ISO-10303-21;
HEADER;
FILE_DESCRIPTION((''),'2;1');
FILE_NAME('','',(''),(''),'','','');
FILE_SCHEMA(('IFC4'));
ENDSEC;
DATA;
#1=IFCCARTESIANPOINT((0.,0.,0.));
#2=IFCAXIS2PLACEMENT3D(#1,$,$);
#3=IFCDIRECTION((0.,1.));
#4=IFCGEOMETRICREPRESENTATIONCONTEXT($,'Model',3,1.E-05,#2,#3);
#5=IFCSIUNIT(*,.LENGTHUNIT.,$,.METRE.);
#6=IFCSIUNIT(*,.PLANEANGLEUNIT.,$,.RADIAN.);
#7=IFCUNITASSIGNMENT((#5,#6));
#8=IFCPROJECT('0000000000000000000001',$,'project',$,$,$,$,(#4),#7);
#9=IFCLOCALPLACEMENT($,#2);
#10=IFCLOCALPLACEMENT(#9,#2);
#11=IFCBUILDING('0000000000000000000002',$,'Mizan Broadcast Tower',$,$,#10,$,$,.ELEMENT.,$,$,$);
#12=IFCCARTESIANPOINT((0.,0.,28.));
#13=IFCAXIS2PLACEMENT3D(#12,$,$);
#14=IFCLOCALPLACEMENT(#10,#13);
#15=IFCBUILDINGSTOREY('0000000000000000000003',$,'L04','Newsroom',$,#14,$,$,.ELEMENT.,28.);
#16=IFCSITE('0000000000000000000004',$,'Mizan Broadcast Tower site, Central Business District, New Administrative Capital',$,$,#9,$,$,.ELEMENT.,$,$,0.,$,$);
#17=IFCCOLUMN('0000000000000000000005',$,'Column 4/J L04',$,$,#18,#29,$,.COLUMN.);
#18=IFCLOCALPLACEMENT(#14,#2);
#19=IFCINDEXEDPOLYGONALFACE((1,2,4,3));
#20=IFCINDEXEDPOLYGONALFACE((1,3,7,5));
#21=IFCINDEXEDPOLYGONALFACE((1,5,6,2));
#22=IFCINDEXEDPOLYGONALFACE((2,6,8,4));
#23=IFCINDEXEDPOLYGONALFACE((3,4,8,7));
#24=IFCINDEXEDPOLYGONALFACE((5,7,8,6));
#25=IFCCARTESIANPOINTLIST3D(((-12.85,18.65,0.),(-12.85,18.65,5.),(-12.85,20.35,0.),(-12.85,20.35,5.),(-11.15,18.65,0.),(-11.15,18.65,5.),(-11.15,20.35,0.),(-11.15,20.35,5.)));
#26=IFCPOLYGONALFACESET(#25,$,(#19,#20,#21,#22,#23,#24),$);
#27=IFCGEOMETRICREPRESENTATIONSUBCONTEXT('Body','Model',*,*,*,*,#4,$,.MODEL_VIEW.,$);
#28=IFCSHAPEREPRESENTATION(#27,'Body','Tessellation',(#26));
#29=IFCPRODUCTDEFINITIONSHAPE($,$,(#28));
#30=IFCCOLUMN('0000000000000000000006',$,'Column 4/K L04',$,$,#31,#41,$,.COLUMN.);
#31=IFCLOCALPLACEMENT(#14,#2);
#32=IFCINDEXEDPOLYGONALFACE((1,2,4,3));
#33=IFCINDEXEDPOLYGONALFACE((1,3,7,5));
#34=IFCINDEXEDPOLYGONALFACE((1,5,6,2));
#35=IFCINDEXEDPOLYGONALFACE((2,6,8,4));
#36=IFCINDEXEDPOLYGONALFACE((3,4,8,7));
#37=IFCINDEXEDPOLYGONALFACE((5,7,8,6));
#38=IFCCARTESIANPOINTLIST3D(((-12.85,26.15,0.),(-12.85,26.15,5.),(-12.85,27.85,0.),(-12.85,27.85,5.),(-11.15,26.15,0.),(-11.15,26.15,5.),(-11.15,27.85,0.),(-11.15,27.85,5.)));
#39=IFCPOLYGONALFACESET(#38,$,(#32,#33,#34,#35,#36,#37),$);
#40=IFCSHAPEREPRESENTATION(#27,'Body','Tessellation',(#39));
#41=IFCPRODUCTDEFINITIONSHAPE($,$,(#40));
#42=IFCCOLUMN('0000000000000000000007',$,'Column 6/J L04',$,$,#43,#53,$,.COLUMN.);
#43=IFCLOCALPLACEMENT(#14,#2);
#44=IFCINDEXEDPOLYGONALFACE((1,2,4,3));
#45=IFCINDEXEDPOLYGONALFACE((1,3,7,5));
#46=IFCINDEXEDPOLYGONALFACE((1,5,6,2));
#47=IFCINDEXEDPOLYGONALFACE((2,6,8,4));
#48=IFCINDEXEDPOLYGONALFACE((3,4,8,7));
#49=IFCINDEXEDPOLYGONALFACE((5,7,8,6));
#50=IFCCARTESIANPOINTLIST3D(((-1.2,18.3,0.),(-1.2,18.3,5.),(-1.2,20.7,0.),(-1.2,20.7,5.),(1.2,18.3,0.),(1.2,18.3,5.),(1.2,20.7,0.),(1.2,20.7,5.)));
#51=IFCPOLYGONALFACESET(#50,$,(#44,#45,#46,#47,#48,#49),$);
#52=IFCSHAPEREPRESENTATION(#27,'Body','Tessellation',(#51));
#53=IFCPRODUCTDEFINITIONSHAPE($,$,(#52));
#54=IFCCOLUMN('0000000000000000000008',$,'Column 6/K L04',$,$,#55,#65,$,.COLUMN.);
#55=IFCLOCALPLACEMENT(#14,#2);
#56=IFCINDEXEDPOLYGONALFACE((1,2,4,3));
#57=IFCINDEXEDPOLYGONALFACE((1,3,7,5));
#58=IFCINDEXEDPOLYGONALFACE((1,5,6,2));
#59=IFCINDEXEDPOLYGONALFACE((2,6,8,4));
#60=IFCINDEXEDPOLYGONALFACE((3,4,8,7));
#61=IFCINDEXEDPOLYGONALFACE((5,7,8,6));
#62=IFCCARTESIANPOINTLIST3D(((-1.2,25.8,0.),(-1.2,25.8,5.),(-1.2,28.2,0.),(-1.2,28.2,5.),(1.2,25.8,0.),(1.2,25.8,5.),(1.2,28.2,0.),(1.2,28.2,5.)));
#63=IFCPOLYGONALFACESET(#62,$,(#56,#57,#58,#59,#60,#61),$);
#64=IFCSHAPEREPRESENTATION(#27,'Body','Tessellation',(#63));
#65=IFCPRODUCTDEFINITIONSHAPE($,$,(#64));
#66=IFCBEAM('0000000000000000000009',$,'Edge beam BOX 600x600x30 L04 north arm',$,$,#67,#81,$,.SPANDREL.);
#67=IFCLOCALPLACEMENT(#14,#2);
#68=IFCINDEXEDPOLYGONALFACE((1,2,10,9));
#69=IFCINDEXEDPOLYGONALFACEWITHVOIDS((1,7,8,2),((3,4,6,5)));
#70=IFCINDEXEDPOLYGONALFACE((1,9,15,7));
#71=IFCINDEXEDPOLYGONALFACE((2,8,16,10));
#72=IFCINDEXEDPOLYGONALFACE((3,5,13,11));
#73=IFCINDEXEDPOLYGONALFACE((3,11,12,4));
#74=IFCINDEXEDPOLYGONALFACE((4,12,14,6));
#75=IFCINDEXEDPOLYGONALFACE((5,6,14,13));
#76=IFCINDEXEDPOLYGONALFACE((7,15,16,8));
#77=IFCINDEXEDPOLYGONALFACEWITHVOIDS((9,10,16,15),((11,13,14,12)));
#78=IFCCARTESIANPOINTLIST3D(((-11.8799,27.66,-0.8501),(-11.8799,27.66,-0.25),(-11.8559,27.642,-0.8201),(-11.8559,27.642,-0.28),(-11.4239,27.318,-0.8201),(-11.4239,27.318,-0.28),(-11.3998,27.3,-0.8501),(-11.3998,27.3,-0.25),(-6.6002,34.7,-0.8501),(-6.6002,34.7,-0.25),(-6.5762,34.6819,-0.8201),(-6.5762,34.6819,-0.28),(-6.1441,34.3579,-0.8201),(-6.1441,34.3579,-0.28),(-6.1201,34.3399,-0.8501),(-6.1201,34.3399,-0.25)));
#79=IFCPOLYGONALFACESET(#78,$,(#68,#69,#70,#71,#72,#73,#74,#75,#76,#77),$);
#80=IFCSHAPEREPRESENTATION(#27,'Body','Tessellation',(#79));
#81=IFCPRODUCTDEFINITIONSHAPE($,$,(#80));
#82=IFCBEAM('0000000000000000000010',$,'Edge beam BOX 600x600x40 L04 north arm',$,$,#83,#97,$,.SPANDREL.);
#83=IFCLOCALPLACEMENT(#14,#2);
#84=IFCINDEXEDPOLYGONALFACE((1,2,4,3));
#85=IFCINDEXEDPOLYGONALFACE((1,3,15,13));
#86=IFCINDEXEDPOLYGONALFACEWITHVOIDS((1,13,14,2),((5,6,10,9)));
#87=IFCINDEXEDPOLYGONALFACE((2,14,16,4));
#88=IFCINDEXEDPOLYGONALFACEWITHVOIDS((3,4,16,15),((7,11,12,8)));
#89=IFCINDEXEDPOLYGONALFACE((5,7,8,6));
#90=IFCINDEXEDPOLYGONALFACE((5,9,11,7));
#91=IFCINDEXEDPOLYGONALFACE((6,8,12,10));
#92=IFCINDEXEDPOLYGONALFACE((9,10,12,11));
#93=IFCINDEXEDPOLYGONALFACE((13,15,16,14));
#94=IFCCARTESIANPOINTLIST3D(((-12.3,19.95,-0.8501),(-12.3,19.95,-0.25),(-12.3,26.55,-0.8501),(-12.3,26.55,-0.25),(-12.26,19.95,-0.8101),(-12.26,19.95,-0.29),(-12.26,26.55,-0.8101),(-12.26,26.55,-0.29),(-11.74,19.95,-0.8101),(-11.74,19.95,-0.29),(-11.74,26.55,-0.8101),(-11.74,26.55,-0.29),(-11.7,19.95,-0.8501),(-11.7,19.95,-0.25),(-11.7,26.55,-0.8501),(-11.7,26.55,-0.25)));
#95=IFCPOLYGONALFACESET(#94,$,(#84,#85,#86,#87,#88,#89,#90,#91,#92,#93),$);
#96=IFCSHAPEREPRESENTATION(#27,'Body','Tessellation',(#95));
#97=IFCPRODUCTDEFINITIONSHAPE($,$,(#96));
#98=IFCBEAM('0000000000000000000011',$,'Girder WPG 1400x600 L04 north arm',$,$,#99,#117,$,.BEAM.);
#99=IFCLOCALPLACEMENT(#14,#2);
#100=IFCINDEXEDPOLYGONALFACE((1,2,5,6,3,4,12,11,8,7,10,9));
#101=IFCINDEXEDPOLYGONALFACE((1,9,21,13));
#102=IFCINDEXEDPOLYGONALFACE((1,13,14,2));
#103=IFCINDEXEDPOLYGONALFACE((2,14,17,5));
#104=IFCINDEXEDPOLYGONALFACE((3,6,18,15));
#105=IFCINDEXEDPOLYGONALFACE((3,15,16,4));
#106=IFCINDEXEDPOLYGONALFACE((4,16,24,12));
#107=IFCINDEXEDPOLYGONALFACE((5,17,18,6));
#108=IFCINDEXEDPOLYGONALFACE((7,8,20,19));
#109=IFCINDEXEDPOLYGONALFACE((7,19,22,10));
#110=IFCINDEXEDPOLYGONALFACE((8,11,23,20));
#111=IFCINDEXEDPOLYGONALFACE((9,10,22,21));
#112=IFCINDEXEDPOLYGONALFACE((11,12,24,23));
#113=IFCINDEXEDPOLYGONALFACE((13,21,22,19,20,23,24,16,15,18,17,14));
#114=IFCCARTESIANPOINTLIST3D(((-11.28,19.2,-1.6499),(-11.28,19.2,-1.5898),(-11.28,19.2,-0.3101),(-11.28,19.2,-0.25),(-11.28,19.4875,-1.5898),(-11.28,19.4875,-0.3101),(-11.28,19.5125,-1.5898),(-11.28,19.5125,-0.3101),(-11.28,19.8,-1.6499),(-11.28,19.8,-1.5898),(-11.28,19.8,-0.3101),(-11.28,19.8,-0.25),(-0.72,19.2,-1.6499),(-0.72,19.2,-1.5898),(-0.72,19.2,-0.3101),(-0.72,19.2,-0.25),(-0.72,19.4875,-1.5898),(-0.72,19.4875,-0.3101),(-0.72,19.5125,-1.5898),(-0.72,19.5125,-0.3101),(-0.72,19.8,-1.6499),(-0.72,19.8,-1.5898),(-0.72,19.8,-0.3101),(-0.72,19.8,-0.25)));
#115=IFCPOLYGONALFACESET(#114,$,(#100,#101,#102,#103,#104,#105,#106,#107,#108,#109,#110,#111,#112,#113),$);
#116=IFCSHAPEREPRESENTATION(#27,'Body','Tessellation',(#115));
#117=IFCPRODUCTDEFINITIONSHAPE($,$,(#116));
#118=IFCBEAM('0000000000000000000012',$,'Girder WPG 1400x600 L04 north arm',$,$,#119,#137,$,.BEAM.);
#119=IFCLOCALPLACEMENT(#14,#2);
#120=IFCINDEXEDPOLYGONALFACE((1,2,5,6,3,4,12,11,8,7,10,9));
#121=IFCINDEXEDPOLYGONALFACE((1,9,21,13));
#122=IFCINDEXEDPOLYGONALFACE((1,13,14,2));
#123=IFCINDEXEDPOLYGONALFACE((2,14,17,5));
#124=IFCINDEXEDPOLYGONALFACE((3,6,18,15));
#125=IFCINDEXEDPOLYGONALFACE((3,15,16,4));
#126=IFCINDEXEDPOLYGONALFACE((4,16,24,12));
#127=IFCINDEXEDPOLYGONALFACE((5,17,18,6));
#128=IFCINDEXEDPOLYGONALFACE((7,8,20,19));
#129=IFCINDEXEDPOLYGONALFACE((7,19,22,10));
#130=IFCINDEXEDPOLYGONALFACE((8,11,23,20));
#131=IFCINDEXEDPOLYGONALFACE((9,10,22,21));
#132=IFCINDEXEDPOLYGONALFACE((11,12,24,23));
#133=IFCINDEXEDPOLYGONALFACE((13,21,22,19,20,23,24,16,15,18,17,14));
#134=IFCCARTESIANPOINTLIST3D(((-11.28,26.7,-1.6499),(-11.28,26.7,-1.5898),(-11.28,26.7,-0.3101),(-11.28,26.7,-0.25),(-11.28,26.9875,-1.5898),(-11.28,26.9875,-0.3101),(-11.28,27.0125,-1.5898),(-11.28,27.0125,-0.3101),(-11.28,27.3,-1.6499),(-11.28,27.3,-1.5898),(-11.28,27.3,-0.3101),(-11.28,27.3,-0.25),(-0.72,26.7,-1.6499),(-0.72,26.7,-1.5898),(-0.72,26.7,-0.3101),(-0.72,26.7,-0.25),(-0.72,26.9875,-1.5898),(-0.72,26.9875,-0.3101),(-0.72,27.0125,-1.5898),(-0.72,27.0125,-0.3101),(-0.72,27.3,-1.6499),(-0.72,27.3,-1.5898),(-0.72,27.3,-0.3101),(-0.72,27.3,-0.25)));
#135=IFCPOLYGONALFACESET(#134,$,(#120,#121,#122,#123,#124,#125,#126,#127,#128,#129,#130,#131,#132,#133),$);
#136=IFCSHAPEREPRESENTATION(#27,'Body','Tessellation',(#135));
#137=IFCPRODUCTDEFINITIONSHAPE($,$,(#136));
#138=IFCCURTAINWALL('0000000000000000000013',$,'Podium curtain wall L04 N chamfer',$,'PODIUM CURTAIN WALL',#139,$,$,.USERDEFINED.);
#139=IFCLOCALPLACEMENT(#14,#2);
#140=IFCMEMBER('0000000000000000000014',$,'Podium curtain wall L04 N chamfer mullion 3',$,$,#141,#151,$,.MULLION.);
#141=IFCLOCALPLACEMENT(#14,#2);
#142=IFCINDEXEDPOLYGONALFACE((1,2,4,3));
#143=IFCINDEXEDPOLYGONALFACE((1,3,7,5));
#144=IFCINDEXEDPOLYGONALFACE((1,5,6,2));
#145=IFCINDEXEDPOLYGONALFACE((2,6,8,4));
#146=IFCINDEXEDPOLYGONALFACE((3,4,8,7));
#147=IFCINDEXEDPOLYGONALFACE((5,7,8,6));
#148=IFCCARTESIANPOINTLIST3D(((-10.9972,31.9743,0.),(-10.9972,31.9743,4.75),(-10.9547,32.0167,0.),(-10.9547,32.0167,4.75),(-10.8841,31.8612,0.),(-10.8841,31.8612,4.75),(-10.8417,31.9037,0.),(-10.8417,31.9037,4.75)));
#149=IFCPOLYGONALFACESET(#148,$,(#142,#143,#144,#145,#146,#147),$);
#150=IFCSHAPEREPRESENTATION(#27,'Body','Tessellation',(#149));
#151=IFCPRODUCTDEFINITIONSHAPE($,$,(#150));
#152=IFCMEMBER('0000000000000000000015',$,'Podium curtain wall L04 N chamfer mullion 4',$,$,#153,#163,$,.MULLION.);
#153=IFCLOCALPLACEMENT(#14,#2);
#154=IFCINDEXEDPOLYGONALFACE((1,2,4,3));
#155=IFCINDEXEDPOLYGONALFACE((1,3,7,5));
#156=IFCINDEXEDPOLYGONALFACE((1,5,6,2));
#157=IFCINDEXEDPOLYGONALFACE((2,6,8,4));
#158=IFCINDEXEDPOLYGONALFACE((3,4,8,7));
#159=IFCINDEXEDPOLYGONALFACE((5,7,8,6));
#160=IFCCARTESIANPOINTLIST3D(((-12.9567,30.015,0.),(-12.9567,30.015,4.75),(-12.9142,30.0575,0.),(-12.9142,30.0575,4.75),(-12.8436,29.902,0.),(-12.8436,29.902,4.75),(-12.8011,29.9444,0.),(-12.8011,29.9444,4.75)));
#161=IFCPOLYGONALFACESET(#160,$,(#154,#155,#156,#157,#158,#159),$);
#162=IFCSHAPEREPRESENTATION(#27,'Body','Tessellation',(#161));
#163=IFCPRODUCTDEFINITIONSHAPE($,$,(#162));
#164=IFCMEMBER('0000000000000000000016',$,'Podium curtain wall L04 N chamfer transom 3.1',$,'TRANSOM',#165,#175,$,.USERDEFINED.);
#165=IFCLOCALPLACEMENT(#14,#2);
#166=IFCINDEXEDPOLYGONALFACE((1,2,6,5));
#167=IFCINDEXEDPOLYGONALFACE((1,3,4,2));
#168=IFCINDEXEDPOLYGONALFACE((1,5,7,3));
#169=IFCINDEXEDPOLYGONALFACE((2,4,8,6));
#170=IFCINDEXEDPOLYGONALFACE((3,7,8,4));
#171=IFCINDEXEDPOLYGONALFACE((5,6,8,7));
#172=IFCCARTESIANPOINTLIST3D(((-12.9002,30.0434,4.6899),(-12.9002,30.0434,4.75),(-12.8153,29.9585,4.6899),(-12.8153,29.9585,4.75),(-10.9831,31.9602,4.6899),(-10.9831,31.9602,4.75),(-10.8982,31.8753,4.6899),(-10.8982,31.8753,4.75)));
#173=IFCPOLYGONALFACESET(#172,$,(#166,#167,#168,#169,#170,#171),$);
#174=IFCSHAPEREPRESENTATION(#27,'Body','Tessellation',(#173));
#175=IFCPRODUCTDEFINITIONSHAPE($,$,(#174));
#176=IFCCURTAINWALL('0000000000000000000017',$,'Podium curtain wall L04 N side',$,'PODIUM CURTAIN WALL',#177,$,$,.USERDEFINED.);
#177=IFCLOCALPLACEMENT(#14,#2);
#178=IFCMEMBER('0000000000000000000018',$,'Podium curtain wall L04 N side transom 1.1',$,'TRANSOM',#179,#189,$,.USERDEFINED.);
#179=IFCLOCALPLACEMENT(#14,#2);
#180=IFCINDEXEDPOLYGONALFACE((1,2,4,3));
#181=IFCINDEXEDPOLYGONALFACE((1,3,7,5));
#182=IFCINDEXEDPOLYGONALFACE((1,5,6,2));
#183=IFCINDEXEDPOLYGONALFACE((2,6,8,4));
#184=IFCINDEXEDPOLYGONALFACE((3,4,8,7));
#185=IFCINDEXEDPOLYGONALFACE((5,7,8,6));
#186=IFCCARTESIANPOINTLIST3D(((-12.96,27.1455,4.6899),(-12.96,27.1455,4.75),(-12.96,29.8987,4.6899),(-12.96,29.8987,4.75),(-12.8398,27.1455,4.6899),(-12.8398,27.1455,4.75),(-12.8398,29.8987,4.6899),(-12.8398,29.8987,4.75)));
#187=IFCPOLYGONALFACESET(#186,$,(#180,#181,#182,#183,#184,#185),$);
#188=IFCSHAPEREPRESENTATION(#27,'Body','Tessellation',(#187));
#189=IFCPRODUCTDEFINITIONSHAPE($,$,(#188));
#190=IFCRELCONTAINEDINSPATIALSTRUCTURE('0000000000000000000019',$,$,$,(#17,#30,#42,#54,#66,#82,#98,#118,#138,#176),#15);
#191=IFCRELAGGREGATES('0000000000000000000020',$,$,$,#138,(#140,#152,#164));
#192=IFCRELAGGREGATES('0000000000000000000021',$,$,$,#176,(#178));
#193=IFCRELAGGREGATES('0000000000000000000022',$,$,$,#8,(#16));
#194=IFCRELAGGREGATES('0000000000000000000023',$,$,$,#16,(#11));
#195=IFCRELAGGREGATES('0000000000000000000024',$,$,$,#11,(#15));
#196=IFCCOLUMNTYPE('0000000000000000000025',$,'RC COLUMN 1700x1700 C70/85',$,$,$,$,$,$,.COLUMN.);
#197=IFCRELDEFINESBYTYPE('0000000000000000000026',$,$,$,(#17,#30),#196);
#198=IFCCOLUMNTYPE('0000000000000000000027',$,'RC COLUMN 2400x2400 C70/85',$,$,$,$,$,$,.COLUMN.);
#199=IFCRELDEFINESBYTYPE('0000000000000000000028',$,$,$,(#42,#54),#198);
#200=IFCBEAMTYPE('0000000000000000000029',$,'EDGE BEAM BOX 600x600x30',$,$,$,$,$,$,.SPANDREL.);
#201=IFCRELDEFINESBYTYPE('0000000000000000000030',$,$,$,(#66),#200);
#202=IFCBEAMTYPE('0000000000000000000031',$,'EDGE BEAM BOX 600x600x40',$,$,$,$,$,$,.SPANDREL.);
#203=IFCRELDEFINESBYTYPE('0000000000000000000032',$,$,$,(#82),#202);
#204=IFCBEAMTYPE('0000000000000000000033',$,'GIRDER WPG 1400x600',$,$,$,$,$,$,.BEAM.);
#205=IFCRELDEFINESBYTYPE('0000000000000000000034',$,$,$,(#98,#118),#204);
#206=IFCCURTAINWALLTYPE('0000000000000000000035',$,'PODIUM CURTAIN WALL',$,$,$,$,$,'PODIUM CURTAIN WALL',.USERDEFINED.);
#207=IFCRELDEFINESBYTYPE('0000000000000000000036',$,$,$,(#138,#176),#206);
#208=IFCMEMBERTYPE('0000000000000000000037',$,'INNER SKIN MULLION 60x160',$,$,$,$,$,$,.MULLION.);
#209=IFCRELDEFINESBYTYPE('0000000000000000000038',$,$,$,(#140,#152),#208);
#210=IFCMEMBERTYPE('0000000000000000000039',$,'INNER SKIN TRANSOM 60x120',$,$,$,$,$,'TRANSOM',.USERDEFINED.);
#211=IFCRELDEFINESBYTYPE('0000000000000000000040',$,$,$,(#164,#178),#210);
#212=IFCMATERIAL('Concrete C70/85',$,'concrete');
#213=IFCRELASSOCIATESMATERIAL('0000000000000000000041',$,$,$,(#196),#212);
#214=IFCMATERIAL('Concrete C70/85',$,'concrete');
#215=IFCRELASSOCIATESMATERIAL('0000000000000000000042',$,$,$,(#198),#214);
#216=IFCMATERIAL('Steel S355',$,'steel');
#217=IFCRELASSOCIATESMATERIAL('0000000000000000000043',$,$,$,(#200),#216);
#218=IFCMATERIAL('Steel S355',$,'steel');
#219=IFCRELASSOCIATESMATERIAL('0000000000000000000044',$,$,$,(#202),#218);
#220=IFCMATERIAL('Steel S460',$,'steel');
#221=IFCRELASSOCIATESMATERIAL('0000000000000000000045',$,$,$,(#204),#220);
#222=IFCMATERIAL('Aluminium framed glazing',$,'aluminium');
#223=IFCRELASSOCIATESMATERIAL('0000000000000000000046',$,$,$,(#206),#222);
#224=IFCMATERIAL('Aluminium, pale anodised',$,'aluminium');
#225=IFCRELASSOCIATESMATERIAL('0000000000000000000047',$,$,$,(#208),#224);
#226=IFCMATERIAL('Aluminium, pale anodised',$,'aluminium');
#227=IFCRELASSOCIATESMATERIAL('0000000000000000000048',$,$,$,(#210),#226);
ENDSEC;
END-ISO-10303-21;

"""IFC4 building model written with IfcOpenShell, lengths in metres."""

from ifc_helpers import new_model, si_unit, direction, frame, origin, origin_2d, place, context, subcontext, project, spatial, rectangle, hollow_rectangle, i_section, extrude, material, material_profile, profile_set, type_object, element, aggregate, save


model = new_model("IFC4")

# Units and contexts
model_context = context("Model", 3, precision=1e-05, world=origin(), true_north=direction((0.0, 1.0)))
body_context = subcontext(model_context, "Body", "Model", "MODEL_VIEW")
ifc_project = project(units=[si_unit("LENGTHUNIT", "METRE"), si_unit("PLANEANGLEUNIT", "RADIAN")], contexts=[model_context])

# Site, building, storey
site_placement = place(None, origin())
site = spatial("IfcSite", under=ifc_project, at=site_placement, Name="Mizan Broadcast Tower site, Central Business District, New Administrative Capital", CompositionType="ELEMENT", RefElevation=0.0)
building_placement = place(site_placement, origin())
building = spatial("IfcBuilding", under=site, at=building_placement, Name="Mizan Broadcast Tower", CompositionType="ELEMENT")
storey_placement = place(building_placement, frame((0.0, 0.0, 28.0)))
storey = spatial("IfcBuildingStorey", under=building, at=storey_placement, Name="L04", Description="Newsroom", CompositionType="ELEMENT", Elevation=28.0)

# Columns
ifc_material_1 = material(Name="Concrete C70/85", Category="concrete")
ifc_material_profile_1 = material_profile(ifc_material_1, rectangle(XDim=1.7, YDim=1.7, at=origin_2d()), Name="RC 1700x1700")
ifc_profile_set_1 = profile_set([ifc_material_profile_1], Name="Concrete C70/85")
column_type_1 = type_object("IfcColumnType", Name="RC COLUMN 1700x1700 C70/85", PredefinedType="COLUMN", material=ifc_profile_set_1)
for number, where, z_axis, x_axis, name in (
    (1, (-12.0, 19.5, 0.0), (0.0, 0.0, 1.0), (1.0, 0.0, 0.0), "Column 4/J L04"),
    (2, (-12.0, 27.0, 0.0), (0.0, 0.0, 1.0), (1.0, 0.0, 0.0), "Column 4/K L04"),
):
    element("IfcColumn", number, at=place(storey_placement, frame(where, z_axis=z_axis, x_axis=x_axis)), inside=storey, type_object=column_type_1, Name=name, PredefinedType="COLUMN", context=body_context, shape_type="SweptSolid", body=[
        extrude(rectangle(XDim=1.7, YDim=1.7, at=origin_2d()), origin(), (0.0, 0.0, 1.0), 5.0),
    ])
ifc_material_2 = material(Name="Concrete C70/85", Category="concrete")
ifc_material_profile_2 = material_profile(ifc_material_2, rectangle(XDim=2.3999, YDim=2.3999, at=origin_2d()), Name="RC 2400x2400")
ifc_profile_set_2 = profile_set([ifc_material_profile_2], Name="Concrete C70/85")
column_type_2 = type_object("IfcColumnType", Name="RC COLUMN 2400x2400 C70/85", PredefinedType="COLUMN", material=ifc_profile_set_2)
for number, where, z_axis, x_axis, name in (
    (3, (0.0, 19.5, 0.0), (0.0, 0.0, 1.0), (1.0, 0.0, 0.0), "Column 6/J L04"),
    (4, (0.0, 27.0, 0.0), (0.0, 0.0, 1.0), (1.0, 0.0, 0.0), "Column 6/K L04"),
):
    element("IfcColumn", number, at=place(storey_placement, frame(where, z_axis=z_axis, x_axis=x_axis)), inside=storey, type_object=column_type_2, Name=name, PredefinedType="COLUMN", context=body_context, shape_type="SweptSolid", body=[
        extrude(rectangle(XDim=2.3999, YDim=2.3999, at=origin_2d()), origin(), (0.0, 0.0, 1.0), 5.0),
    ])

# Beams
ifc_material_3 = material(Name="Steel S355", Category="steel")
ifc_material_profile_3 = material_profile(ifc_material_3, hollow_rectangle(XDim=0.6001, YDim=0.6001, WallThickness=0.03, at=origin_2d()), Name="BOX 600x600x30")
ifc_profile_set_3 = profile_set([ifc_material_profile_3], Name="Steel S355")
beam_type_1 = type_object("IfcBeamType", Name="EDGE BEAM BOX 600x600x30", PredefinedType="SPANDREL", material=ifc_profile_set_3)
beam_1_placement = place(storey_placement, frame((-11.6399, 27.48, -0.55), z_axis=(0.599982, 0.800013, 0.0), x_axis=(-0.800013, 0.599982, 0.0)))
element("IfcBeam", 5, at=beam_1_placement, inside=storey, type_object=beam_type_1, Name="Edge beam BOX 600x600x30 L04 north arm", PredefinedType="SPANDREL", context=body_context, shape_type="SweptSolid", body=[
    extrude(hollow_rectangle(XDim=0.6001, YDim=0.6001, WallThickness=0.03, at=origin_2d()), origin(), (0.0, 0.0, 1.0), 8.7998),
])
ifc_material_4 = material(Name="Steel S355", Category="steel")
ifc_material_profile_4 = material_profile(ifc_material_4, hollow_rectangle(XDim=0.6001, YDim=0.6001, WallThickness=0.04, at=origin_2d()), Name="BOX 600x600x40")
ifc_profile_set_4 = profile_set([ifc_material_profile_4], Name="Steel S355")
beam_type_2 = type_object("IfcBeamType", Name="EDGE BEAM BOX 600x600x40", PredefinedType="SPANDREL", material=ifc_profile_set_4)
beam_2_placement = place(storey_placement, frame((-12.0, 19.95, -0.55), z_axis=(0.0, 1.0, 0.0), x_axis=(-1.0, 0.0, 0.0)))
element("IfcBeam", 6, at=beam_2_placement, inside=storey, type_object=beam_type_2, Name="Edge beam BOX 600x600x40 L04 north arm", PredefinedType="SPANDREL", context=body_context, shape_type="SweptSolid", body=[
    extrude(hollow_rectangle(XDim=0.6001, YDim=0.6001, WallThickness=0.04, at=origin_2d()), origin(), (0.0, 0.0, 1.0), 6.6001),
])
ifc_material_5 = material(Name="Steel S460", Category="steel")
ifc_material_profile_5 = material_profile(ifc_material_5, i_section(OverallWidth=0.6001, OverallDepth=1.3999, WebThickness=0.0249, FlangeThickness=0.0601, at=origin_2d()), Name="WPG 1400x600")
ifc_profile_set_5 = profile_set([ifc_material_profile_5], Name="Steel S460")
beam_type_3 = type_object("IfcBeamType", Name="GIRDER WPG 1400x600", PredefinedType="BEAM", material=ifc_profile_set_5)
for number, where, z_axis, x_axis, name in (
    (7, (-0.72, 19.5, -0.95), (-1.0, 0.0, 0.0), (0.0, -1.0, 0.0), "Girder WPG 1400x600 L04 north arm"),
    (8, (-0.72, 27.0, -0.95), (-1.0, 0.0, 0.0), (0.0, -1.0, 0.0), "Girder WPG 1400x600 L04 north arm"),
):
    element("IfcBeam", number, at=place(storey_placement, frame(where, z_axis=z_axis, x_axis=x_axis)), inside=storey, type_object=beam_type_3, Name=name, PredefinedType="BEAM", context=body_context, shape_type="SweptSolid", body=[
        extrude(i_section(OverallWidth=0.6001, OverallDepth=1.3999, WebThickness=0.0249, FlangeThickness=0.0601, at=origin_2d()), origin(), (0.0, 0.0, 1.0), 10.5601),
    ])

# Curtain wall, members
ifc_material_6 = material(Name="Aluminium framed glazing", Category="aluminium")
curtain_wall_type_1 = type_object("IfcCurtainWallType", Name="PODIUM CURTAIN WALL", ElementType="PODIUM CURTAIN WALL", PredefinedType="USERDEFINED", material=ifc_material_6)
curtain_wall_1_placement = place(storey_placement, origin())
curtain_wall_1 = element("IfcCurtainWall", 9, at=curtain_wall_1_placement, inside=storey, type_object=curtain_wall_type_1, Name="Podium curtain wall L04 N chamfer", ObjectType="PODIUM CURTAIN WALL", PredefinedType="USERDEFINED")
ifc_material_7 = material(Name="Aluminium, pale anodised", Category="aluminium")
ifc_material_profile_6 = material_profile(ifc_material_7, rectangle(XDim=0.1599, YDim=0.0601, at=origin_2d()), Name="MULLION 160x60")
ifc_profile_set_6 = profile_set([ifc_material_profile_6], Name="Aluminium, pale anodised")
member_type_1 = type_object("IfcMemberType", Name="INNER SKIN MULLION 60x160", PredefinedType="MULLION", material=ifc_profile_set_6)
member_1_placement = place(storey_placement, frame((-10.9194, 31.939, 0.0), z_axis=(0.0, 0.0, 1.0), x_axis=(0.707107, -0.707107, 0.0)))
member_1 = element("IfcMember", 10, at=member_1_placement, type_object=member_type_1, Name="Podium curtain wall L04 N chamfer mullion 3", PredefinedType="MULLION", context=body_context, shape_type="SweptSolid", body=[
    extrude(rectangle(XDim=0.1599, YDim=0.0601, at=origin_2d()), origin(), (0.0, 0.0, 1.0), 4.75),
])
member_2_placement = place(storey_placement, frame((-12.8789, 29.9797, 0.0), z_axis=(0.0, 0.0, 1.0), x_axis=(0.707107, -0.707107, 0.0)))
member_2 = element("IfcMember", 11, at=member_2_placement, type_object=member_type_1, Name="Podium curtain wall L04 N chamfer mullion 4", PredefinedType="MULLION", context=body_context, shape_type="SweptSolid", body=[
    extrude(rectangle(XDim=0.1599, YDim=0.0601, at=origin_2d()), origin(), (0.0, 0.0, 1.0), 4.75),
])
ifc_material_8 = material(Name="Aluminium, pale anodised", Category="aluminium")
ifc_material_profile_7 = material_profile(ifc_material_8, rectangle(XDim=0.1201, YDim=0.0601, at=origin_2d()), Name="TRANSOM 120x60")
ifc_profile_set_7 = profile_set([ifc_material_profile_7], Name="Aluminium, pale anodised")
member_type_2 = type_object("IfcMemberType", Name="INNER SKIN TRANSOM 60x120", ElementType="TRANSOM", PredefinedType="USERDEFINED", material=ifc_profile_set_7)
member_3_placement = place(storey_placement, frame((-10.9407, 31.9177, 4.72), z_axis=(-0.707152, -0.707062, 0.0), x_axis=(0.707062, -0.707152, 0.0)))
member_3 = element("IfcMember", 12, at=member_3_placement, type_object=member_type_2, Name="Podium curtain wall L04 N chamfer transom 3.1", ObjectType="TRANSOM", PredefinedType="USERDEFINED", context=body_context, shape_type="SweptSolid", body=[
    extrude(rectangle(XDim=0.1201, YDim=0.0601, at=origin_2d()), origin(), (0.0, 0.0, 1.0), 2.7109),
])

# Curtain wall, member
curtain_wall_2_placement = place(storey_placement, origin())
curtain_wall_2 = element("IfcCurtainWall", 13, at=curtain_wall_2_placement, inside=storey, type_object=curtain_wall_type_1, Name="Podium curtain wall L04 N side", ObjectType="PODIUM CURTAIN WALL", PredefinedType="USERDEFINED")
member_4_placement = place(storey_placement, frame((-12.8999, 29.8987, 4.72), z_axis=(0.0, -1.0, 0.0), x_axis=(1.0, 0.0, 0.0)))
member_4 = element("IfcMember", 14, at=member_4_placement, type_object=member_type_2, Name="Podium curtain wall L04 N side transom 1.1", ObjectType="TRANSOM", PredefinedType="USERDEFINED", context=body_context, shape_type="SweptSolid", body=[
    extrude(rectangle(XDim=0.1201, YDim=0.0601, at=origin_2d()), origin(), (0.0, 0.0, 1.0), 2.7532),
])

aggregate(curtain_wall_1, [member_1, member_2, member_3])
aggregate(curtain_wall_2, [member_4])

save(model, "model.ifc")
